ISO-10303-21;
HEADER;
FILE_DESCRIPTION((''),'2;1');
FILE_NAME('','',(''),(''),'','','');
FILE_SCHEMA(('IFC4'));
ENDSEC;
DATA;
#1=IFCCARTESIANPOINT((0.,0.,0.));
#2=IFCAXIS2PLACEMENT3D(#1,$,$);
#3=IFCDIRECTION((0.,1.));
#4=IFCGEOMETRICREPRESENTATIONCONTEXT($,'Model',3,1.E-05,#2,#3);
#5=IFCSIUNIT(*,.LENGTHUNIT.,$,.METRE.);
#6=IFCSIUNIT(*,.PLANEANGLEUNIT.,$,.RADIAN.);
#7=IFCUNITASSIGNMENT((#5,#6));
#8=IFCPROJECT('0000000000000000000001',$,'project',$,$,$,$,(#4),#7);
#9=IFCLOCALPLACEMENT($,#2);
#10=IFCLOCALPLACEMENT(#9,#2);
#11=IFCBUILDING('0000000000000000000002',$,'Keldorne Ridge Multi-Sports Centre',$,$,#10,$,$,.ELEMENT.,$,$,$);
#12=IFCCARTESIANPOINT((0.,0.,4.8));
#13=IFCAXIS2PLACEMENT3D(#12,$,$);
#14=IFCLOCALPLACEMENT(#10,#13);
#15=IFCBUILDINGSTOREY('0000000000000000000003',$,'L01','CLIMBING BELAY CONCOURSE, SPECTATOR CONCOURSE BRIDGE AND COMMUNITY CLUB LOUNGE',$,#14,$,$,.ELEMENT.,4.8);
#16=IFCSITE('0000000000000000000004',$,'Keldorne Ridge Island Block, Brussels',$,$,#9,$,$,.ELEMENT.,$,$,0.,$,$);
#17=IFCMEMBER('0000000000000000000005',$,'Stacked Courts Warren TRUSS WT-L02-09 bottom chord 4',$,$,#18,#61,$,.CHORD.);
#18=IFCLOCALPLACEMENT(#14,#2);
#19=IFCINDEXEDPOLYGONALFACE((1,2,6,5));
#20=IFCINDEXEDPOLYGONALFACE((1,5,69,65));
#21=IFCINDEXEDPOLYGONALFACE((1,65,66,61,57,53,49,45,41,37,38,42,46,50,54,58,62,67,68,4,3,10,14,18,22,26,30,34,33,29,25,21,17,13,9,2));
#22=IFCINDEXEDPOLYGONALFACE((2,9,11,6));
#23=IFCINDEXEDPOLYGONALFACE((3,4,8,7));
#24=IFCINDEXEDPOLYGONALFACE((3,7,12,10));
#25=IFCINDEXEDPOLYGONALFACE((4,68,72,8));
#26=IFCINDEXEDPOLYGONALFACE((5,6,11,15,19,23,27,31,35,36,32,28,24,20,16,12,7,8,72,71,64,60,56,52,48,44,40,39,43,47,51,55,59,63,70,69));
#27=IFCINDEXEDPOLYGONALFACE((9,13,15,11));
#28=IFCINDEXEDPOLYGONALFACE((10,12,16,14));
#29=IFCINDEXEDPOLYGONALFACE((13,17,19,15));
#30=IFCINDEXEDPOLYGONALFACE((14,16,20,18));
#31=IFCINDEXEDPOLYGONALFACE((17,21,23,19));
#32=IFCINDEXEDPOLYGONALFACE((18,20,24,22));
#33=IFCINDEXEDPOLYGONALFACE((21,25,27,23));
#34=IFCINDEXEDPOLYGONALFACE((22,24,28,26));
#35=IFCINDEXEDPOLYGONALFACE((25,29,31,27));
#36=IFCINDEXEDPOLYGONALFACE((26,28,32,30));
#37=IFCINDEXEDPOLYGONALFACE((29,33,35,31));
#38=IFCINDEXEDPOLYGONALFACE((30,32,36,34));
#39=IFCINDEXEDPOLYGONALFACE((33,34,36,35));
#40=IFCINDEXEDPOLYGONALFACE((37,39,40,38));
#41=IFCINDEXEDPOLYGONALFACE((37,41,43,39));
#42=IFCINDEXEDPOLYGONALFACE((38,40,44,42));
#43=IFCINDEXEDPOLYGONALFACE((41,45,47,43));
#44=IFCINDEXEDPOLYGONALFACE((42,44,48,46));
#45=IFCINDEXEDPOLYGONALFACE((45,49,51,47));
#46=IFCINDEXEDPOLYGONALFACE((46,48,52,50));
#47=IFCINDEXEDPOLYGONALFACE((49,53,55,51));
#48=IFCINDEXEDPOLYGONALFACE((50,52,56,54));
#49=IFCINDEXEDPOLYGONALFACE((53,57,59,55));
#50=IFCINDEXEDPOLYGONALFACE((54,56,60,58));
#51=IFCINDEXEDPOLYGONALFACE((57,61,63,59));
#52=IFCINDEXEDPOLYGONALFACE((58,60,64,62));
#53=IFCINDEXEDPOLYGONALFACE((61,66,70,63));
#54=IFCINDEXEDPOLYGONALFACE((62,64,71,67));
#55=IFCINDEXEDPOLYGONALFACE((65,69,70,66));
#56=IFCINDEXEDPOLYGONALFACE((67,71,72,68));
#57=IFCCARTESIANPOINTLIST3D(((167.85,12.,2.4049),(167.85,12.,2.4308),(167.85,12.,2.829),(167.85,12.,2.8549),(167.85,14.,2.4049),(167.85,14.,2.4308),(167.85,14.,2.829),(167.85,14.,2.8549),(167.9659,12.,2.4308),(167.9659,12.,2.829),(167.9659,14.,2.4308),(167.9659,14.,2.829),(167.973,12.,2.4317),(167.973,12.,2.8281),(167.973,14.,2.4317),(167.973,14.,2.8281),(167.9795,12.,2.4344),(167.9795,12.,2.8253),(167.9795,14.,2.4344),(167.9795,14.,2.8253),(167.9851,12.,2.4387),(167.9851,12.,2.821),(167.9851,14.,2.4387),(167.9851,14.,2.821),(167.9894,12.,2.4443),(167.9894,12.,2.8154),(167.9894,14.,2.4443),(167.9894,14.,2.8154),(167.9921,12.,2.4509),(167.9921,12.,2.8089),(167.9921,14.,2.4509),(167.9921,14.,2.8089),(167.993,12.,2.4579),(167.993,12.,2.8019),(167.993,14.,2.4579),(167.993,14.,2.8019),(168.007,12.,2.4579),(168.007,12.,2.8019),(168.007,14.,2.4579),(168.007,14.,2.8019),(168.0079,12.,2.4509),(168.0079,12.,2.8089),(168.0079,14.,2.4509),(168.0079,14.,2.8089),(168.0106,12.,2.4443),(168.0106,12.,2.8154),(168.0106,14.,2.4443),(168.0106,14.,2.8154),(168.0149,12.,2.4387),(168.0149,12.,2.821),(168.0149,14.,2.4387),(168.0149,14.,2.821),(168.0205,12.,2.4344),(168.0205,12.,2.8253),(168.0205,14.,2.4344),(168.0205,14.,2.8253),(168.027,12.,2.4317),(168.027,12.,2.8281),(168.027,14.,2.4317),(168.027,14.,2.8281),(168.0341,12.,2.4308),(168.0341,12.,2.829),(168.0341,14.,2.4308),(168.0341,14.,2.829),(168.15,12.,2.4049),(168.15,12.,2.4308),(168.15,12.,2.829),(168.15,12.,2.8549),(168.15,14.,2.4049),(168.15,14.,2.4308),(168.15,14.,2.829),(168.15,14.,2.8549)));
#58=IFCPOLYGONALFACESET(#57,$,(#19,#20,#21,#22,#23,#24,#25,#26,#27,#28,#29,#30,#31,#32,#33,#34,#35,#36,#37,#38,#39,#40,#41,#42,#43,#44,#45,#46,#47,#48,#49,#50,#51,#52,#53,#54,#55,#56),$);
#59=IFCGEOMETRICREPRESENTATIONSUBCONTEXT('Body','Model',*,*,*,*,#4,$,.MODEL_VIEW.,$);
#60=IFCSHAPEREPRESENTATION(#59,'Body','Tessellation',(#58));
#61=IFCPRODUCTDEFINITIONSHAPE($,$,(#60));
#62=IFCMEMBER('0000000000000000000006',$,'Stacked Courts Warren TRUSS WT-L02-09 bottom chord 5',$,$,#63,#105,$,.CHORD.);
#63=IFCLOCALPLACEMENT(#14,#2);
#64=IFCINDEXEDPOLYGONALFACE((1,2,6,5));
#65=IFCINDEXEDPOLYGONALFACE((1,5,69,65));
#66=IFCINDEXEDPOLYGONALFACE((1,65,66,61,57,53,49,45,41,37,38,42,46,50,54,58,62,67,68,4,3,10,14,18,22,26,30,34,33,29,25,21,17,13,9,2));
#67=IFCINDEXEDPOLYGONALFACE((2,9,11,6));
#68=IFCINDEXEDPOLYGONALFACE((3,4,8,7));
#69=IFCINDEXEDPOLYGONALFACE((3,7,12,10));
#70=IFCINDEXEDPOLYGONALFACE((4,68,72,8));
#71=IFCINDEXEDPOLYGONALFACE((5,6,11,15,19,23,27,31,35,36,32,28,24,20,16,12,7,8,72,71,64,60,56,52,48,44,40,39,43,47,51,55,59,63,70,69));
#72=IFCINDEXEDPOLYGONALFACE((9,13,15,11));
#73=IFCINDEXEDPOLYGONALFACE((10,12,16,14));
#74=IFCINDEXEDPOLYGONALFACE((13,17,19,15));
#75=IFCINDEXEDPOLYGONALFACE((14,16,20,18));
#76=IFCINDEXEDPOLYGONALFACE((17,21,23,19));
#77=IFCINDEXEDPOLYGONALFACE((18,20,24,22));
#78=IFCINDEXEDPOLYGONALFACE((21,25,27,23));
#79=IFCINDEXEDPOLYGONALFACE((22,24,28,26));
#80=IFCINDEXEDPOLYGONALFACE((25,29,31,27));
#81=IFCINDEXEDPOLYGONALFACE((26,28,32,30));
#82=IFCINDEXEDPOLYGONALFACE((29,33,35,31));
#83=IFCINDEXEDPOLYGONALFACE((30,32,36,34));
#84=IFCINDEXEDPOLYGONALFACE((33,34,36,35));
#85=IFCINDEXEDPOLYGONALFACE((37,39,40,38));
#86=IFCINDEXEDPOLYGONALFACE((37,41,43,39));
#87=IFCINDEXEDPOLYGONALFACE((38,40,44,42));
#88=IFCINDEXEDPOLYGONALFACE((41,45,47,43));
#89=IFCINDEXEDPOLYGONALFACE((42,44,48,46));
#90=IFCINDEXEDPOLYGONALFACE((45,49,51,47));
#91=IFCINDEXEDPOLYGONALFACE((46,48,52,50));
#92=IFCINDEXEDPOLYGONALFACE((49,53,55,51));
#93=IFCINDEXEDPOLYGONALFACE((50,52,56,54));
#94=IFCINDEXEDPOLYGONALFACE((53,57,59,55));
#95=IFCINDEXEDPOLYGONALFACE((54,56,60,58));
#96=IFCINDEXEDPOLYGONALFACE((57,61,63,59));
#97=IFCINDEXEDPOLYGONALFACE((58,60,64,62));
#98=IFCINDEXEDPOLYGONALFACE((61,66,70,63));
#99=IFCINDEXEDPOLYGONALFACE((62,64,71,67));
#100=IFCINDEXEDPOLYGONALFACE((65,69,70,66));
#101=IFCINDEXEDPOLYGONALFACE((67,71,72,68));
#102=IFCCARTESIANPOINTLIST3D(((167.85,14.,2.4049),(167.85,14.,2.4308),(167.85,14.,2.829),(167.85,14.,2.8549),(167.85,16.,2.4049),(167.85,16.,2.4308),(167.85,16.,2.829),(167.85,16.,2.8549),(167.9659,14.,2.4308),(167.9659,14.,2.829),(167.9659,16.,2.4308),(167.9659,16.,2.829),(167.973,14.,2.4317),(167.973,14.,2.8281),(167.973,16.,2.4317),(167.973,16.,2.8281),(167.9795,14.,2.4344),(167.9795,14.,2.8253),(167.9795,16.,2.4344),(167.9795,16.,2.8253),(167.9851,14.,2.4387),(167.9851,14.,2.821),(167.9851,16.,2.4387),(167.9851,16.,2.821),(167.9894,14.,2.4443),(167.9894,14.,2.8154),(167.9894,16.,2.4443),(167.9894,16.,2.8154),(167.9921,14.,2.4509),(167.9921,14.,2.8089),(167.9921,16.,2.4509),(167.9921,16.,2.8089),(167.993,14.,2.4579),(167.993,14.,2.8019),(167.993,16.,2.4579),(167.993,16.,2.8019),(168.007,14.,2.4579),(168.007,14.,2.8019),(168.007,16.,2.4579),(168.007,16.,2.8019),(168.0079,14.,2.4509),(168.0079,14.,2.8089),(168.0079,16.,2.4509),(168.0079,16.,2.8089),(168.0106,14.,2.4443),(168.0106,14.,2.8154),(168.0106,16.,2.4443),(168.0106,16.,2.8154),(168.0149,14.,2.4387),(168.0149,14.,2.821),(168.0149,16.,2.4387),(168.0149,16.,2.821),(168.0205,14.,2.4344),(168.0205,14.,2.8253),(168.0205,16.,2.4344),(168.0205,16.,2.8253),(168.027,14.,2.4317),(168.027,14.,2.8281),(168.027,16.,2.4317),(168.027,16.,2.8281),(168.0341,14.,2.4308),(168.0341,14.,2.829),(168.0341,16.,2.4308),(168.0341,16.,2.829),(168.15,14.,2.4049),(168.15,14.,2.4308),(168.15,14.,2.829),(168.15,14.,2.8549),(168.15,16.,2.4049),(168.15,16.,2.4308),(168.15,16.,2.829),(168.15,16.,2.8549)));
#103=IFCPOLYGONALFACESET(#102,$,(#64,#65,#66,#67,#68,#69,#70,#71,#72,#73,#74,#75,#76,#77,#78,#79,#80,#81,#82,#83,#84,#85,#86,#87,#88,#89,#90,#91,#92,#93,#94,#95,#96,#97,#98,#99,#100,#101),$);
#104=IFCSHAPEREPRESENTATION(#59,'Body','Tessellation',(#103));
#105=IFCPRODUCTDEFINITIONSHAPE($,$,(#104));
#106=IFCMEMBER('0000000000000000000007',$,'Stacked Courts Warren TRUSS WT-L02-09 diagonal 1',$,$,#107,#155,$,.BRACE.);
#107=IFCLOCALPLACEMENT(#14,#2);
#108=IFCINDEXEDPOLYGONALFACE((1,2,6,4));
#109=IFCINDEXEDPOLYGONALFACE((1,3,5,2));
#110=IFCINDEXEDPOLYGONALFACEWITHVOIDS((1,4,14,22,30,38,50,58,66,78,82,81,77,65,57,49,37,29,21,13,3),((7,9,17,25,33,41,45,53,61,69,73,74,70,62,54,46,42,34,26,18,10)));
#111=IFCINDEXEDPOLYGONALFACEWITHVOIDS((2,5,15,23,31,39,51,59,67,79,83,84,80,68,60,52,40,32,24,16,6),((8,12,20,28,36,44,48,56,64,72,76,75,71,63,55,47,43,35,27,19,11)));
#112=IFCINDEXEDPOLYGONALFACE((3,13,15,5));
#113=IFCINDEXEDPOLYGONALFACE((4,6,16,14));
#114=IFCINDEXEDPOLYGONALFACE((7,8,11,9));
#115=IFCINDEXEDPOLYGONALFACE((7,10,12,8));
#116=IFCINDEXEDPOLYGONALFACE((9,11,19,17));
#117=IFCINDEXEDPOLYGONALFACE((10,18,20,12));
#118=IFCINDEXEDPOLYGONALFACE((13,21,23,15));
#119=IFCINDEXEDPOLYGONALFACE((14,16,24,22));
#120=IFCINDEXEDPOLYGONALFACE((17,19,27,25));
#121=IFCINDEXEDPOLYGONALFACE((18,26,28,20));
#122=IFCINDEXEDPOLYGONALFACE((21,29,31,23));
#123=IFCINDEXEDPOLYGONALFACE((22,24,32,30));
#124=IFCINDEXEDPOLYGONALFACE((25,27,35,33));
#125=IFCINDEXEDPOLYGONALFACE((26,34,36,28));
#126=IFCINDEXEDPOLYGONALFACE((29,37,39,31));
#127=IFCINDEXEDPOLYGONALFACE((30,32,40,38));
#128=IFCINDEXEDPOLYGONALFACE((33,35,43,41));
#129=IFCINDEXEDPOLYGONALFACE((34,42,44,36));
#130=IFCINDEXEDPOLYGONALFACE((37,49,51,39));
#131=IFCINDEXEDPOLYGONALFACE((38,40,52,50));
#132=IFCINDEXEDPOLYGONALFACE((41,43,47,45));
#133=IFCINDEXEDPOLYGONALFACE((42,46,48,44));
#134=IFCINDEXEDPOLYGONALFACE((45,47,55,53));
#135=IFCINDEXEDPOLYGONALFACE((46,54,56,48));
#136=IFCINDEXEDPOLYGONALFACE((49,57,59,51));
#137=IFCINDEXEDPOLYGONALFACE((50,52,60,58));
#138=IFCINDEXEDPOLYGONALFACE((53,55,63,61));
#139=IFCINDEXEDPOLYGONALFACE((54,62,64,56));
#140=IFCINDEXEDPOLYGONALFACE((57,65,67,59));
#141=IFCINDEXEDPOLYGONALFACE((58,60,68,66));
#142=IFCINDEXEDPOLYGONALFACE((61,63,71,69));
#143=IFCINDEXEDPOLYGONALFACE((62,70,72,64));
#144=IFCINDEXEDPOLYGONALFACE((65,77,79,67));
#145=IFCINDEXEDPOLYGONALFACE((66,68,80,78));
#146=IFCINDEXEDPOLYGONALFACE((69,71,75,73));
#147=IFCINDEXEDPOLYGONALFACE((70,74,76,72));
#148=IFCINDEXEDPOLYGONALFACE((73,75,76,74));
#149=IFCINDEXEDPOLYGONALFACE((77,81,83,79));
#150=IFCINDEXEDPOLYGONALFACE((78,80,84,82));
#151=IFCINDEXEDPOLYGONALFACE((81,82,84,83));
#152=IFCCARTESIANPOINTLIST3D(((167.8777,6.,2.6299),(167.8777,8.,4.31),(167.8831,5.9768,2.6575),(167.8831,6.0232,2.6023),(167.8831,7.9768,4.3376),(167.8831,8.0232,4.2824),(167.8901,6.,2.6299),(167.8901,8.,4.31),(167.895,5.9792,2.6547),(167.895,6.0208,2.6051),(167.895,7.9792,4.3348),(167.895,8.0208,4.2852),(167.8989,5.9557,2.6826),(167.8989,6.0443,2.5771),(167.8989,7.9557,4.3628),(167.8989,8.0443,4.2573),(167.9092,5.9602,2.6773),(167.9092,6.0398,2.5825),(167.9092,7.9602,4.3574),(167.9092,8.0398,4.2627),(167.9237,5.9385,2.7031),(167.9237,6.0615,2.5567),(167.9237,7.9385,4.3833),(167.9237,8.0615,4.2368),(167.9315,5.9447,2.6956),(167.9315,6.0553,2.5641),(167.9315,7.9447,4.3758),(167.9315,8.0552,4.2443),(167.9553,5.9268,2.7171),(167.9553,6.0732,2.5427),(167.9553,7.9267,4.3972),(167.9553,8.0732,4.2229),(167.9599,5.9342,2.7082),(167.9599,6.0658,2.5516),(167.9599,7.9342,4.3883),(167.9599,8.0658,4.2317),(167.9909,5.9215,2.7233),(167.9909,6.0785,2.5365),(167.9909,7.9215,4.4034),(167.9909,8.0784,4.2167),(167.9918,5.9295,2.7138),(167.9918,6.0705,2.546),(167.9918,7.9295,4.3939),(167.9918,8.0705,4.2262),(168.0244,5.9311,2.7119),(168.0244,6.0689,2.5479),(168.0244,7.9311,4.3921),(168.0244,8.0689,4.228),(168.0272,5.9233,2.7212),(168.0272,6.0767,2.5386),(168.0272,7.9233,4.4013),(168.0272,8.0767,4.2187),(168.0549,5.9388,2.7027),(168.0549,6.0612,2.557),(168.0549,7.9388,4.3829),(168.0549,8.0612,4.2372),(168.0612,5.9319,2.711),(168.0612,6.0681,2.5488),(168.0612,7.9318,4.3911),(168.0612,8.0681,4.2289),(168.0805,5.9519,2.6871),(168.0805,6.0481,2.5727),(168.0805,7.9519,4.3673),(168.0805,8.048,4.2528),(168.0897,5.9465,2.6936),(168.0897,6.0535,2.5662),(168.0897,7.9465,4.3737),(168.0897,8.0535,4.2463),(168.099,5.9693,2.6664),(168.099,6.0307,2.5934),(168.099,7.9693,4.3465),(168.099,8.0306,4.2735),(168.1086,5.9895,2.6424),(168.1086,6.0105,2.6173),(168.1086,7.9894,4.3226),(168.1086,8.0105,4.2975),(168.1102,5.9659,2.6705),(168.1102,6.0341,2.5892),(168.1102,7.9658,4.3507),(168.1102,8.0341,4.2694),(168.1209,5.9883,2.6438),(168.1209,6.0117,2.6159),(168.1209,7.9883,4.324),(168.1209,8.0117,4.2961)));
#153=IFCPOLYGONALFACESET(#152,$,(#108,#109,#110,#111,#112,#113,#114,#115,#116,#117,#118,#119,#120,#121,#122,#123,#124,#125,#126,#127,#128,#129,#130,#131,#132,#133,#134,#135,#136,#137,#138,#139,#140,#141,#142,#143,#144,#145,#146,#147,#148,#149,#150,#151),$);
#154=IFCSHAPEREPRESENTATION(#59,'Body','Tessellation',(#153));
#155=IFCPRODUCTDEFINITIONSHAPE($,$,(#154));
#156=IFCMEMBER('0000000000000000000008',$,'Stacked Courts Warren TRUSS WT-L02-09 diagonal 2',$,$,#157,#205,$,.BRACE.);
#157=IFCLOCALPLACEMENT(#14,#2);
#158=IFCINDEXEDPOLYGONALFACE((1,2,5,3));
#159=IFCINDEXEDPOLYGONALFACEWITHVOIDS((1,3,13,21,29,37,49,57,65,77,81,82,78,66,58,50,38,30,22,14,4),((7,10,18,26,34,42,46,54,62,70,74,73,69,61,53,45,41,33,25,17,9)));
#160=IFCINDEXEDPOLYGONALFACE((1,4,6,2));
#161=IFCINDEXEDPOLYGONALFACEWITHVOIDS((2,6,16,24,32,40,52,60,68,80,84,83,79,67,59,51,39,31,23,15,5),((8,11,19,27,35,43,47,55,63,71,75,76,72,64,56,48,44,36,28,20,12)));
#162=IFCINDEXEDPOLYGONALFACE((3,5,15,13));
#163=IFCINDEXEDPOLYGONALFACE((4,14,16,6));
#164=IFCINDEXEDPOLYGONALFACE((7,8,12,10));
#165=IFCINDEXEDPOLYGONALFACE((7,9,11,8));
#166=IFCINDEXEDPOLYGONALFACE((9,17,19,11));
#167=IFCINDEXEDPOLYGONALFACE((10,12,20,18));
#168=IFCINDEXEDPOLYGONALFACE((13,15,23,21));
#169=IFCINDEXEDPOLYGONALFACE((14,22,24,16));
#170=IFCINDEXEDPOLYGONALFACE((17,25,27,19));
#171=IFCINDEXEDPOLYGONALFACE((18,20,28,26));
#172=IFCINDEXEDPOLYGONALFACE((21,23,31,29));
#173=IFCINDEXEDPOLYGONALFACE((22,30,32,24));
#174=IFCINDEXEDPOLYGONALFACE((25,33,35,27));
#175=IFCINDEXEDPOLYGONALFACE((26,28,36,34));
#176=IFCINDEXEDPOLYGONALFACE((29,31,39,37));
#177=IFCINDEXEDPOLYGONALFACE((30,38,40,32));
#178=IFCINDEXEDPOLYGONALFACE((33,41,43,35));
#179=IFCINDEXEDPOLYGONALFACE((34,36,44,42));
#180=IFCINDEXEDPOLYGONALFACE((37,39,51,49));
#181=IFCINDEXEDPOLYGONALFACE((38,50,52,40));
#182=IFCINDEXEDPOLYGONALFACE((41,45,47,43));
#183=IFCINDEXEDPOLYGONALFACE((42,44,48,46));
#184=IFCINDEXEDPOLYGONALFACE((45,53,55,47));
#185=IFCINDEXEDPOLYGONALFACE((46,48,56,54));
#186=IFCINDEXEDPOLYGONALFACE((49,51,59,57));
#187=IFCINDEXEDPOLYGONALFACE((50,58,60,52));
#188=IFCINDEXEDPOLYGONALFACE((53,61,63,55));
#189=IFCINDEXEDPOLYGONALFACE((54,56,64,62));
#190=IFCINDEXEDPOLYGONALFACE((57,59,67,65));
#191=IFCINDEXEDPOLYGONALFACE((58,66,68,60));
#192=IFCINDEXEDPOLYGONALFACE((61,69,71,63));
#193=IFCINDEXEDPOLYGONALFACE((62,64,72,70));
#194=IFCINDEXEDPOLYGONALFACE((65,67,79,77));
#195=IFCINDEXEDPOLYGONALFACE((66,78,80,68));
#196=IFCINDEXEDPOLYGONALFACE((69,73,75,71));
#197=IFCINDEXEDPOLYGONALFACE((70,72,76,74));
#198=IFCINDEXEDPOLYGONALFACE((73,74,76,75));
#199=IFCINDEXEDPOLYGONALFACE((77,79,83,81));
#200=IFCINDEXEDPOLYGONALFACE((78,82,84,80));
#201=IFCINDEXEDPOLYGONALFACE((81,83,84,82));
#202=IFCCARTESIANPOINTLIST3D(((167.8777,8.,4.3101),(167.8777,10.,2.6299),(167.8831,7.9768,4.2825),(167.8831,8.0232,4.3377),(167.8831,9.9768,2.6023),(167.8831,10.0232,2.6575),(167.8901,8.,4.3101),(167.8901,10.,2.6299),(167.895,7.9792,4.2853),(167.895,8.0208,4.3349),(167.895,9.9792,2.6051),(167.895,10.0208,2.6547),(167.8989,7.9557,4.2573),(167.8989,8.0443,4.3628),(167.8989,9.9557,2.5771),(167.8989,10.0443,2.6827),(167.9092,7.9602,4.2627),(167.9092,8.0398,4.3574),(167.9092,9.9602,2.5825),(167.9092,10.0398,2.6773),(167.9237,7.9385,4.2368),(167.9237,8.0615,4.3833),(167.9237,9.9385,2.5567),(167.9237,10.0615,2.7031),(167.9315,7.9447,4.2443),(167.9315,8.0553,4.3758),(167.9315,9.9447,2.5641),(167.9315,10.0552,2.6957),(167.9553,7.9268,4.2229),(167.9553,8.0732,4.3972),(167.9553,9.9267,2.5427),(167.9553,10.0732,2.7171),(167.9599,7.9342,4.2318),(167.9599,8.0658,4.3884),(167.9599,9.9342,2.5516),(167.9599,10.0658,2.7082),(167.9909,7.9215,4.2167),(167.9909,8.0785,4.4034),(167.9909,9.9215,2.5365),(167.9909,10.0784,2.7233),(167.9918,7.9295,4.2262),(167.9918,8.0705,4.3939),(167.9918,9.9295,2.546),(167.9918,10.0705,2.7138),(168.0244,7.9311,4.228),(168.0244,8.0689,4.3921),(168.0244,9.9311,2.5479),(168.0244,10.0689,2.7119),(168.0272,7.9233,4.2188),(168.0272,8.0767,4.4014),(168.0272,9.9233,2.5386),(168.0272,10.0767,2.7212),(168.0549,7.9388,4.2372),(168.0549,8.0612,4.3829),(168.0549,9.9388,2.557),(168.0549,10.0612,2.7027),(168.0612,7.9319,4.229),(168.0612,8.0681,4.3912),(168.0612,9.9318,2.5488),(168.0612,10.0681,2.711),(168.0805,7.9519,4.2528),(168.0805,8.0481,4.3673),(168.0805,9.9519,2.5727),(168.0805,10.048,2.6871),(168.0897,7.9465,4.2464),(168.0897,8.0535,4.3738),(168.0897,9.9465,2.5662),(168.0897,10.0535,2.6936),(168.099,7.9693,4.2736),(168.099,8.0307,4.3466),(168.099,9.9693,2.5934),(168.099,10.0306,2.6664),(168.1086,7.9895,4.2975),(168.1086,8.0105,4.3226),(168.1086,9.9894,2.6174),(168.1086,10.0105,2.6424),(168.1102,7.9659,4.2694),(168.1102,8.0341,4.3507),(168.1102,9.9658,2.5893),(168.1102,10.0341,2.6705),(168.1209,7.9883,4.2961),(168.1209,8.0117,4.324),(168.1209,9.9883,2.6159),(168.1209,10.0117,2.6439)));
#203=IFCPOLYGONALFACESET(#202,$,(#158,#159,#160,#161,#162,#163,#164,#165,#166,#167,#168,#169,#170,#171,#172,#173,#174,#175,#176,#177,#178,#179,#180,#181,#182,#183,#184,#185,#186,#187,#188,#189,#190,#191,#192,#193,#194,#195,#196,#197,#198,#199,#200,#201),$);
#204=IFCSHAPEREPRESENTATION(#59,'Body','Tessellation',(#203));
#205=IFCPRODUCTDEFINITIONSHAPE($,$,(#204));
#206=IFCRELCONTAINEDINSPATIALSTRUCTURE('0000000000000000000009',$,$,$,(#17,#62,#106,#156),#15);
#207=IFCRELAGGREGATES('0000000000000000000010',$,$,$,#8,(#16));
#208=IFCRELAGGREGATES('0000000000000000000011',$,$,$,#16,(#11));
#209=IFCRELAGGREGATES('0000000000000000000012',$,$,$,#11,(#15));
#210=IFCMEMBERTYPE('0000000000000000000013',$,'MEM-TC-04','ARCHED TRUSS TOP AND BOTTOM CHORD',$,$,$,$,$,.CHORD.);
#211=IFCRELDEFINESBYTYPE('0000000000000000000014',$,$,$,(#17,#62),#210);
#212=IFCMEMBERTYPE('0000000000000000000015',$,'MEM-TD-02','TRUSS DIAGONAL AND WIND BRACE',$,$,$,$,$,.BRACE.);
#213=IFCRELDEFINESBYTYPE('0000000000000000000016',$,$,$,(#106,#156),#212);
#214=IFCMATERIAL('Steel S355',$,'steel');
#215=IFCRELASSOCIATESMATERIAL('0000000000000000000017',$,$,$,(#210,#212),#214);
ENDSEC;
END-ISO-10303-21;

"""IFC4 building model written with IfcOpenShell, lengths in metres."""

from ifc_helpers import new_model, si_unit, direction, frame, origin, origin_2d, place, context, subcontext, project, spatial, hollow_circle, i_section, extrude, material, material_profile, profile_set, type_object, element, save


model = new_model("IFC4")

# Units and contexts
model_context = context("Model", 3, precision=1e-05, world=origin(), true_north=direction((0.0, 1.0)))
body_context = subcontext(model_context, "Body", "Model", "MODEL_VIEW")
ifc_project = project(units=[si_unit("LENGTHUNIT", "METRE"), si_unit("PLANEANGLEUNIT", "RADIAN")], contexts=[model_context])

# Site, building, storey
site_placement = place(None, origin())
site = spatial("IfcSite", under=ifc_project, at=site_placement, Name="Keldorne Ridge Island Block, Brussels", CompositionType="ELEMENT", RefElevation=0.0)
building_placement = place(site_placement, origin())
building = spatial("IfcBuilding", under=site, at=building_placement, Name="Keldorne Ridge Multi-Sports Centre", CompositionType="ELEMENT")
storey_placement = place(building_placement, frame((0.0, 0.0, 4.8)))
storey = spatial("IfcBuildingStorey", under=building, at=storey_placement, Name="L01", Description="CLIMBING BELAY CONCOURSE, SPECTATOR CONCOURSE BRIDGE AND COMMUNITY CLUB LOUNGE", CompositionType="ELEMENT", Elevation=4.8)

# Shared definitions
ifc_material_1 = material(Name="Steel S355", Category="steel")

# Members
ifc_material_profile_1 = material_profile(ifc_material_1, i_section(OverallWidth=0.3, OverallDepth=0.45, WebThickness=0.0139, FlangeThickness=0.0259, FilletRadius=0.0271, at=origin_2d()), Name="HEB 450")
ifc_profile_set_1 = profile_set([ifc_material_profile_1], Name="Steel S355")
member_type_1 = type_object("IfcMemberType", Name="MEM-TC-04", Description="ARCHED TRUSS TOP AND BOTTOM CHORD", PredefinedType="CHORD", material=ifc_profile_set_1)
for number, where, z_axis, x_axis, name in (
    (1, (168.0, 12.0, 2.6299), (0.0, 1.0, 0.0), (-1.0, 0.0, 0.0), "Stacked Courts Warren TRUSS WT-L02-09 bottom chord 4"),
    (2, (168.0, 14.0, 2.6299), (0.0, 1.0, 0.0), (-1.0, 0.0, 0.0), "Stacked Courts Warren TRUSS WT-L02-09 bottom chord 5"),
):
    element("IfcMember", number, at=place(storey_placement, frame(where, z_axis=z_axis, x_axis=x_axis)), inside=storey, type_object=member_type_1, Name=name, PredefinedType="CHORD", context=body_context, shape_type="SweptSolid", body=[
        extrude(i_section(OverallWidth=0.3, OverallDepth=0.45, WebThickness=0.0139, FlangeThickness=0.0259, FilletRadius=0.0271, at=origin_2d()), origin(), (0.0, 0.0, 1.0), 2.0),
    ])
ifc_material_profile_2 = material_profile(ifc_material_1, hollow_circle(Radius=0.1223, WallThickness=0.0125, at=origin_2d()), Name="CHS 244.5x12.5")
ifc_profile_set_2 = profile_set([ifc_material_profile_2], Name="Steel S355")
member_type_2 = type_object("IfcMemberType", Name="MEM-TD-02", Description="TRUSS DIAGONAL AND WIND BRACE", PredefinedType="BRACE", material=ifc_profile_set_2)
for number, where, z_axis, x_axis, name in (
    (3, (168.0, 6.0, 2.6299), (0.0, 0.765672, 0.643232), (-1.0, 0.0, 0.0), "Stacked Courts Warren TRUSS WT-L02-09 diagonal 1"),
    (4, (168.0, 8.0, 4.3101), (0.0, 0.765672, -0.643232), (-1.0, 0.0, 0.0), "Stacked Courts Warren TRUSS WT-L02-09 diagonal 2"),
):
    element("IfcMember", number, at=place(storey_placement, frame(where, z_axis=z_axis, x_axis=x_axis)), inside=storey, type_object=member_type_2, Name=name, PredefinedType="BRACE", context=body_context, shape_type="SweptSolid", body=[
        extrude(hollow_circle(Radius=0.1223, WallThickness=0.0125, at=origin_2d()), origin(), (0.0, 0.0, 1.0), 2.6121),
    ])

save(model, "model.ifc")
